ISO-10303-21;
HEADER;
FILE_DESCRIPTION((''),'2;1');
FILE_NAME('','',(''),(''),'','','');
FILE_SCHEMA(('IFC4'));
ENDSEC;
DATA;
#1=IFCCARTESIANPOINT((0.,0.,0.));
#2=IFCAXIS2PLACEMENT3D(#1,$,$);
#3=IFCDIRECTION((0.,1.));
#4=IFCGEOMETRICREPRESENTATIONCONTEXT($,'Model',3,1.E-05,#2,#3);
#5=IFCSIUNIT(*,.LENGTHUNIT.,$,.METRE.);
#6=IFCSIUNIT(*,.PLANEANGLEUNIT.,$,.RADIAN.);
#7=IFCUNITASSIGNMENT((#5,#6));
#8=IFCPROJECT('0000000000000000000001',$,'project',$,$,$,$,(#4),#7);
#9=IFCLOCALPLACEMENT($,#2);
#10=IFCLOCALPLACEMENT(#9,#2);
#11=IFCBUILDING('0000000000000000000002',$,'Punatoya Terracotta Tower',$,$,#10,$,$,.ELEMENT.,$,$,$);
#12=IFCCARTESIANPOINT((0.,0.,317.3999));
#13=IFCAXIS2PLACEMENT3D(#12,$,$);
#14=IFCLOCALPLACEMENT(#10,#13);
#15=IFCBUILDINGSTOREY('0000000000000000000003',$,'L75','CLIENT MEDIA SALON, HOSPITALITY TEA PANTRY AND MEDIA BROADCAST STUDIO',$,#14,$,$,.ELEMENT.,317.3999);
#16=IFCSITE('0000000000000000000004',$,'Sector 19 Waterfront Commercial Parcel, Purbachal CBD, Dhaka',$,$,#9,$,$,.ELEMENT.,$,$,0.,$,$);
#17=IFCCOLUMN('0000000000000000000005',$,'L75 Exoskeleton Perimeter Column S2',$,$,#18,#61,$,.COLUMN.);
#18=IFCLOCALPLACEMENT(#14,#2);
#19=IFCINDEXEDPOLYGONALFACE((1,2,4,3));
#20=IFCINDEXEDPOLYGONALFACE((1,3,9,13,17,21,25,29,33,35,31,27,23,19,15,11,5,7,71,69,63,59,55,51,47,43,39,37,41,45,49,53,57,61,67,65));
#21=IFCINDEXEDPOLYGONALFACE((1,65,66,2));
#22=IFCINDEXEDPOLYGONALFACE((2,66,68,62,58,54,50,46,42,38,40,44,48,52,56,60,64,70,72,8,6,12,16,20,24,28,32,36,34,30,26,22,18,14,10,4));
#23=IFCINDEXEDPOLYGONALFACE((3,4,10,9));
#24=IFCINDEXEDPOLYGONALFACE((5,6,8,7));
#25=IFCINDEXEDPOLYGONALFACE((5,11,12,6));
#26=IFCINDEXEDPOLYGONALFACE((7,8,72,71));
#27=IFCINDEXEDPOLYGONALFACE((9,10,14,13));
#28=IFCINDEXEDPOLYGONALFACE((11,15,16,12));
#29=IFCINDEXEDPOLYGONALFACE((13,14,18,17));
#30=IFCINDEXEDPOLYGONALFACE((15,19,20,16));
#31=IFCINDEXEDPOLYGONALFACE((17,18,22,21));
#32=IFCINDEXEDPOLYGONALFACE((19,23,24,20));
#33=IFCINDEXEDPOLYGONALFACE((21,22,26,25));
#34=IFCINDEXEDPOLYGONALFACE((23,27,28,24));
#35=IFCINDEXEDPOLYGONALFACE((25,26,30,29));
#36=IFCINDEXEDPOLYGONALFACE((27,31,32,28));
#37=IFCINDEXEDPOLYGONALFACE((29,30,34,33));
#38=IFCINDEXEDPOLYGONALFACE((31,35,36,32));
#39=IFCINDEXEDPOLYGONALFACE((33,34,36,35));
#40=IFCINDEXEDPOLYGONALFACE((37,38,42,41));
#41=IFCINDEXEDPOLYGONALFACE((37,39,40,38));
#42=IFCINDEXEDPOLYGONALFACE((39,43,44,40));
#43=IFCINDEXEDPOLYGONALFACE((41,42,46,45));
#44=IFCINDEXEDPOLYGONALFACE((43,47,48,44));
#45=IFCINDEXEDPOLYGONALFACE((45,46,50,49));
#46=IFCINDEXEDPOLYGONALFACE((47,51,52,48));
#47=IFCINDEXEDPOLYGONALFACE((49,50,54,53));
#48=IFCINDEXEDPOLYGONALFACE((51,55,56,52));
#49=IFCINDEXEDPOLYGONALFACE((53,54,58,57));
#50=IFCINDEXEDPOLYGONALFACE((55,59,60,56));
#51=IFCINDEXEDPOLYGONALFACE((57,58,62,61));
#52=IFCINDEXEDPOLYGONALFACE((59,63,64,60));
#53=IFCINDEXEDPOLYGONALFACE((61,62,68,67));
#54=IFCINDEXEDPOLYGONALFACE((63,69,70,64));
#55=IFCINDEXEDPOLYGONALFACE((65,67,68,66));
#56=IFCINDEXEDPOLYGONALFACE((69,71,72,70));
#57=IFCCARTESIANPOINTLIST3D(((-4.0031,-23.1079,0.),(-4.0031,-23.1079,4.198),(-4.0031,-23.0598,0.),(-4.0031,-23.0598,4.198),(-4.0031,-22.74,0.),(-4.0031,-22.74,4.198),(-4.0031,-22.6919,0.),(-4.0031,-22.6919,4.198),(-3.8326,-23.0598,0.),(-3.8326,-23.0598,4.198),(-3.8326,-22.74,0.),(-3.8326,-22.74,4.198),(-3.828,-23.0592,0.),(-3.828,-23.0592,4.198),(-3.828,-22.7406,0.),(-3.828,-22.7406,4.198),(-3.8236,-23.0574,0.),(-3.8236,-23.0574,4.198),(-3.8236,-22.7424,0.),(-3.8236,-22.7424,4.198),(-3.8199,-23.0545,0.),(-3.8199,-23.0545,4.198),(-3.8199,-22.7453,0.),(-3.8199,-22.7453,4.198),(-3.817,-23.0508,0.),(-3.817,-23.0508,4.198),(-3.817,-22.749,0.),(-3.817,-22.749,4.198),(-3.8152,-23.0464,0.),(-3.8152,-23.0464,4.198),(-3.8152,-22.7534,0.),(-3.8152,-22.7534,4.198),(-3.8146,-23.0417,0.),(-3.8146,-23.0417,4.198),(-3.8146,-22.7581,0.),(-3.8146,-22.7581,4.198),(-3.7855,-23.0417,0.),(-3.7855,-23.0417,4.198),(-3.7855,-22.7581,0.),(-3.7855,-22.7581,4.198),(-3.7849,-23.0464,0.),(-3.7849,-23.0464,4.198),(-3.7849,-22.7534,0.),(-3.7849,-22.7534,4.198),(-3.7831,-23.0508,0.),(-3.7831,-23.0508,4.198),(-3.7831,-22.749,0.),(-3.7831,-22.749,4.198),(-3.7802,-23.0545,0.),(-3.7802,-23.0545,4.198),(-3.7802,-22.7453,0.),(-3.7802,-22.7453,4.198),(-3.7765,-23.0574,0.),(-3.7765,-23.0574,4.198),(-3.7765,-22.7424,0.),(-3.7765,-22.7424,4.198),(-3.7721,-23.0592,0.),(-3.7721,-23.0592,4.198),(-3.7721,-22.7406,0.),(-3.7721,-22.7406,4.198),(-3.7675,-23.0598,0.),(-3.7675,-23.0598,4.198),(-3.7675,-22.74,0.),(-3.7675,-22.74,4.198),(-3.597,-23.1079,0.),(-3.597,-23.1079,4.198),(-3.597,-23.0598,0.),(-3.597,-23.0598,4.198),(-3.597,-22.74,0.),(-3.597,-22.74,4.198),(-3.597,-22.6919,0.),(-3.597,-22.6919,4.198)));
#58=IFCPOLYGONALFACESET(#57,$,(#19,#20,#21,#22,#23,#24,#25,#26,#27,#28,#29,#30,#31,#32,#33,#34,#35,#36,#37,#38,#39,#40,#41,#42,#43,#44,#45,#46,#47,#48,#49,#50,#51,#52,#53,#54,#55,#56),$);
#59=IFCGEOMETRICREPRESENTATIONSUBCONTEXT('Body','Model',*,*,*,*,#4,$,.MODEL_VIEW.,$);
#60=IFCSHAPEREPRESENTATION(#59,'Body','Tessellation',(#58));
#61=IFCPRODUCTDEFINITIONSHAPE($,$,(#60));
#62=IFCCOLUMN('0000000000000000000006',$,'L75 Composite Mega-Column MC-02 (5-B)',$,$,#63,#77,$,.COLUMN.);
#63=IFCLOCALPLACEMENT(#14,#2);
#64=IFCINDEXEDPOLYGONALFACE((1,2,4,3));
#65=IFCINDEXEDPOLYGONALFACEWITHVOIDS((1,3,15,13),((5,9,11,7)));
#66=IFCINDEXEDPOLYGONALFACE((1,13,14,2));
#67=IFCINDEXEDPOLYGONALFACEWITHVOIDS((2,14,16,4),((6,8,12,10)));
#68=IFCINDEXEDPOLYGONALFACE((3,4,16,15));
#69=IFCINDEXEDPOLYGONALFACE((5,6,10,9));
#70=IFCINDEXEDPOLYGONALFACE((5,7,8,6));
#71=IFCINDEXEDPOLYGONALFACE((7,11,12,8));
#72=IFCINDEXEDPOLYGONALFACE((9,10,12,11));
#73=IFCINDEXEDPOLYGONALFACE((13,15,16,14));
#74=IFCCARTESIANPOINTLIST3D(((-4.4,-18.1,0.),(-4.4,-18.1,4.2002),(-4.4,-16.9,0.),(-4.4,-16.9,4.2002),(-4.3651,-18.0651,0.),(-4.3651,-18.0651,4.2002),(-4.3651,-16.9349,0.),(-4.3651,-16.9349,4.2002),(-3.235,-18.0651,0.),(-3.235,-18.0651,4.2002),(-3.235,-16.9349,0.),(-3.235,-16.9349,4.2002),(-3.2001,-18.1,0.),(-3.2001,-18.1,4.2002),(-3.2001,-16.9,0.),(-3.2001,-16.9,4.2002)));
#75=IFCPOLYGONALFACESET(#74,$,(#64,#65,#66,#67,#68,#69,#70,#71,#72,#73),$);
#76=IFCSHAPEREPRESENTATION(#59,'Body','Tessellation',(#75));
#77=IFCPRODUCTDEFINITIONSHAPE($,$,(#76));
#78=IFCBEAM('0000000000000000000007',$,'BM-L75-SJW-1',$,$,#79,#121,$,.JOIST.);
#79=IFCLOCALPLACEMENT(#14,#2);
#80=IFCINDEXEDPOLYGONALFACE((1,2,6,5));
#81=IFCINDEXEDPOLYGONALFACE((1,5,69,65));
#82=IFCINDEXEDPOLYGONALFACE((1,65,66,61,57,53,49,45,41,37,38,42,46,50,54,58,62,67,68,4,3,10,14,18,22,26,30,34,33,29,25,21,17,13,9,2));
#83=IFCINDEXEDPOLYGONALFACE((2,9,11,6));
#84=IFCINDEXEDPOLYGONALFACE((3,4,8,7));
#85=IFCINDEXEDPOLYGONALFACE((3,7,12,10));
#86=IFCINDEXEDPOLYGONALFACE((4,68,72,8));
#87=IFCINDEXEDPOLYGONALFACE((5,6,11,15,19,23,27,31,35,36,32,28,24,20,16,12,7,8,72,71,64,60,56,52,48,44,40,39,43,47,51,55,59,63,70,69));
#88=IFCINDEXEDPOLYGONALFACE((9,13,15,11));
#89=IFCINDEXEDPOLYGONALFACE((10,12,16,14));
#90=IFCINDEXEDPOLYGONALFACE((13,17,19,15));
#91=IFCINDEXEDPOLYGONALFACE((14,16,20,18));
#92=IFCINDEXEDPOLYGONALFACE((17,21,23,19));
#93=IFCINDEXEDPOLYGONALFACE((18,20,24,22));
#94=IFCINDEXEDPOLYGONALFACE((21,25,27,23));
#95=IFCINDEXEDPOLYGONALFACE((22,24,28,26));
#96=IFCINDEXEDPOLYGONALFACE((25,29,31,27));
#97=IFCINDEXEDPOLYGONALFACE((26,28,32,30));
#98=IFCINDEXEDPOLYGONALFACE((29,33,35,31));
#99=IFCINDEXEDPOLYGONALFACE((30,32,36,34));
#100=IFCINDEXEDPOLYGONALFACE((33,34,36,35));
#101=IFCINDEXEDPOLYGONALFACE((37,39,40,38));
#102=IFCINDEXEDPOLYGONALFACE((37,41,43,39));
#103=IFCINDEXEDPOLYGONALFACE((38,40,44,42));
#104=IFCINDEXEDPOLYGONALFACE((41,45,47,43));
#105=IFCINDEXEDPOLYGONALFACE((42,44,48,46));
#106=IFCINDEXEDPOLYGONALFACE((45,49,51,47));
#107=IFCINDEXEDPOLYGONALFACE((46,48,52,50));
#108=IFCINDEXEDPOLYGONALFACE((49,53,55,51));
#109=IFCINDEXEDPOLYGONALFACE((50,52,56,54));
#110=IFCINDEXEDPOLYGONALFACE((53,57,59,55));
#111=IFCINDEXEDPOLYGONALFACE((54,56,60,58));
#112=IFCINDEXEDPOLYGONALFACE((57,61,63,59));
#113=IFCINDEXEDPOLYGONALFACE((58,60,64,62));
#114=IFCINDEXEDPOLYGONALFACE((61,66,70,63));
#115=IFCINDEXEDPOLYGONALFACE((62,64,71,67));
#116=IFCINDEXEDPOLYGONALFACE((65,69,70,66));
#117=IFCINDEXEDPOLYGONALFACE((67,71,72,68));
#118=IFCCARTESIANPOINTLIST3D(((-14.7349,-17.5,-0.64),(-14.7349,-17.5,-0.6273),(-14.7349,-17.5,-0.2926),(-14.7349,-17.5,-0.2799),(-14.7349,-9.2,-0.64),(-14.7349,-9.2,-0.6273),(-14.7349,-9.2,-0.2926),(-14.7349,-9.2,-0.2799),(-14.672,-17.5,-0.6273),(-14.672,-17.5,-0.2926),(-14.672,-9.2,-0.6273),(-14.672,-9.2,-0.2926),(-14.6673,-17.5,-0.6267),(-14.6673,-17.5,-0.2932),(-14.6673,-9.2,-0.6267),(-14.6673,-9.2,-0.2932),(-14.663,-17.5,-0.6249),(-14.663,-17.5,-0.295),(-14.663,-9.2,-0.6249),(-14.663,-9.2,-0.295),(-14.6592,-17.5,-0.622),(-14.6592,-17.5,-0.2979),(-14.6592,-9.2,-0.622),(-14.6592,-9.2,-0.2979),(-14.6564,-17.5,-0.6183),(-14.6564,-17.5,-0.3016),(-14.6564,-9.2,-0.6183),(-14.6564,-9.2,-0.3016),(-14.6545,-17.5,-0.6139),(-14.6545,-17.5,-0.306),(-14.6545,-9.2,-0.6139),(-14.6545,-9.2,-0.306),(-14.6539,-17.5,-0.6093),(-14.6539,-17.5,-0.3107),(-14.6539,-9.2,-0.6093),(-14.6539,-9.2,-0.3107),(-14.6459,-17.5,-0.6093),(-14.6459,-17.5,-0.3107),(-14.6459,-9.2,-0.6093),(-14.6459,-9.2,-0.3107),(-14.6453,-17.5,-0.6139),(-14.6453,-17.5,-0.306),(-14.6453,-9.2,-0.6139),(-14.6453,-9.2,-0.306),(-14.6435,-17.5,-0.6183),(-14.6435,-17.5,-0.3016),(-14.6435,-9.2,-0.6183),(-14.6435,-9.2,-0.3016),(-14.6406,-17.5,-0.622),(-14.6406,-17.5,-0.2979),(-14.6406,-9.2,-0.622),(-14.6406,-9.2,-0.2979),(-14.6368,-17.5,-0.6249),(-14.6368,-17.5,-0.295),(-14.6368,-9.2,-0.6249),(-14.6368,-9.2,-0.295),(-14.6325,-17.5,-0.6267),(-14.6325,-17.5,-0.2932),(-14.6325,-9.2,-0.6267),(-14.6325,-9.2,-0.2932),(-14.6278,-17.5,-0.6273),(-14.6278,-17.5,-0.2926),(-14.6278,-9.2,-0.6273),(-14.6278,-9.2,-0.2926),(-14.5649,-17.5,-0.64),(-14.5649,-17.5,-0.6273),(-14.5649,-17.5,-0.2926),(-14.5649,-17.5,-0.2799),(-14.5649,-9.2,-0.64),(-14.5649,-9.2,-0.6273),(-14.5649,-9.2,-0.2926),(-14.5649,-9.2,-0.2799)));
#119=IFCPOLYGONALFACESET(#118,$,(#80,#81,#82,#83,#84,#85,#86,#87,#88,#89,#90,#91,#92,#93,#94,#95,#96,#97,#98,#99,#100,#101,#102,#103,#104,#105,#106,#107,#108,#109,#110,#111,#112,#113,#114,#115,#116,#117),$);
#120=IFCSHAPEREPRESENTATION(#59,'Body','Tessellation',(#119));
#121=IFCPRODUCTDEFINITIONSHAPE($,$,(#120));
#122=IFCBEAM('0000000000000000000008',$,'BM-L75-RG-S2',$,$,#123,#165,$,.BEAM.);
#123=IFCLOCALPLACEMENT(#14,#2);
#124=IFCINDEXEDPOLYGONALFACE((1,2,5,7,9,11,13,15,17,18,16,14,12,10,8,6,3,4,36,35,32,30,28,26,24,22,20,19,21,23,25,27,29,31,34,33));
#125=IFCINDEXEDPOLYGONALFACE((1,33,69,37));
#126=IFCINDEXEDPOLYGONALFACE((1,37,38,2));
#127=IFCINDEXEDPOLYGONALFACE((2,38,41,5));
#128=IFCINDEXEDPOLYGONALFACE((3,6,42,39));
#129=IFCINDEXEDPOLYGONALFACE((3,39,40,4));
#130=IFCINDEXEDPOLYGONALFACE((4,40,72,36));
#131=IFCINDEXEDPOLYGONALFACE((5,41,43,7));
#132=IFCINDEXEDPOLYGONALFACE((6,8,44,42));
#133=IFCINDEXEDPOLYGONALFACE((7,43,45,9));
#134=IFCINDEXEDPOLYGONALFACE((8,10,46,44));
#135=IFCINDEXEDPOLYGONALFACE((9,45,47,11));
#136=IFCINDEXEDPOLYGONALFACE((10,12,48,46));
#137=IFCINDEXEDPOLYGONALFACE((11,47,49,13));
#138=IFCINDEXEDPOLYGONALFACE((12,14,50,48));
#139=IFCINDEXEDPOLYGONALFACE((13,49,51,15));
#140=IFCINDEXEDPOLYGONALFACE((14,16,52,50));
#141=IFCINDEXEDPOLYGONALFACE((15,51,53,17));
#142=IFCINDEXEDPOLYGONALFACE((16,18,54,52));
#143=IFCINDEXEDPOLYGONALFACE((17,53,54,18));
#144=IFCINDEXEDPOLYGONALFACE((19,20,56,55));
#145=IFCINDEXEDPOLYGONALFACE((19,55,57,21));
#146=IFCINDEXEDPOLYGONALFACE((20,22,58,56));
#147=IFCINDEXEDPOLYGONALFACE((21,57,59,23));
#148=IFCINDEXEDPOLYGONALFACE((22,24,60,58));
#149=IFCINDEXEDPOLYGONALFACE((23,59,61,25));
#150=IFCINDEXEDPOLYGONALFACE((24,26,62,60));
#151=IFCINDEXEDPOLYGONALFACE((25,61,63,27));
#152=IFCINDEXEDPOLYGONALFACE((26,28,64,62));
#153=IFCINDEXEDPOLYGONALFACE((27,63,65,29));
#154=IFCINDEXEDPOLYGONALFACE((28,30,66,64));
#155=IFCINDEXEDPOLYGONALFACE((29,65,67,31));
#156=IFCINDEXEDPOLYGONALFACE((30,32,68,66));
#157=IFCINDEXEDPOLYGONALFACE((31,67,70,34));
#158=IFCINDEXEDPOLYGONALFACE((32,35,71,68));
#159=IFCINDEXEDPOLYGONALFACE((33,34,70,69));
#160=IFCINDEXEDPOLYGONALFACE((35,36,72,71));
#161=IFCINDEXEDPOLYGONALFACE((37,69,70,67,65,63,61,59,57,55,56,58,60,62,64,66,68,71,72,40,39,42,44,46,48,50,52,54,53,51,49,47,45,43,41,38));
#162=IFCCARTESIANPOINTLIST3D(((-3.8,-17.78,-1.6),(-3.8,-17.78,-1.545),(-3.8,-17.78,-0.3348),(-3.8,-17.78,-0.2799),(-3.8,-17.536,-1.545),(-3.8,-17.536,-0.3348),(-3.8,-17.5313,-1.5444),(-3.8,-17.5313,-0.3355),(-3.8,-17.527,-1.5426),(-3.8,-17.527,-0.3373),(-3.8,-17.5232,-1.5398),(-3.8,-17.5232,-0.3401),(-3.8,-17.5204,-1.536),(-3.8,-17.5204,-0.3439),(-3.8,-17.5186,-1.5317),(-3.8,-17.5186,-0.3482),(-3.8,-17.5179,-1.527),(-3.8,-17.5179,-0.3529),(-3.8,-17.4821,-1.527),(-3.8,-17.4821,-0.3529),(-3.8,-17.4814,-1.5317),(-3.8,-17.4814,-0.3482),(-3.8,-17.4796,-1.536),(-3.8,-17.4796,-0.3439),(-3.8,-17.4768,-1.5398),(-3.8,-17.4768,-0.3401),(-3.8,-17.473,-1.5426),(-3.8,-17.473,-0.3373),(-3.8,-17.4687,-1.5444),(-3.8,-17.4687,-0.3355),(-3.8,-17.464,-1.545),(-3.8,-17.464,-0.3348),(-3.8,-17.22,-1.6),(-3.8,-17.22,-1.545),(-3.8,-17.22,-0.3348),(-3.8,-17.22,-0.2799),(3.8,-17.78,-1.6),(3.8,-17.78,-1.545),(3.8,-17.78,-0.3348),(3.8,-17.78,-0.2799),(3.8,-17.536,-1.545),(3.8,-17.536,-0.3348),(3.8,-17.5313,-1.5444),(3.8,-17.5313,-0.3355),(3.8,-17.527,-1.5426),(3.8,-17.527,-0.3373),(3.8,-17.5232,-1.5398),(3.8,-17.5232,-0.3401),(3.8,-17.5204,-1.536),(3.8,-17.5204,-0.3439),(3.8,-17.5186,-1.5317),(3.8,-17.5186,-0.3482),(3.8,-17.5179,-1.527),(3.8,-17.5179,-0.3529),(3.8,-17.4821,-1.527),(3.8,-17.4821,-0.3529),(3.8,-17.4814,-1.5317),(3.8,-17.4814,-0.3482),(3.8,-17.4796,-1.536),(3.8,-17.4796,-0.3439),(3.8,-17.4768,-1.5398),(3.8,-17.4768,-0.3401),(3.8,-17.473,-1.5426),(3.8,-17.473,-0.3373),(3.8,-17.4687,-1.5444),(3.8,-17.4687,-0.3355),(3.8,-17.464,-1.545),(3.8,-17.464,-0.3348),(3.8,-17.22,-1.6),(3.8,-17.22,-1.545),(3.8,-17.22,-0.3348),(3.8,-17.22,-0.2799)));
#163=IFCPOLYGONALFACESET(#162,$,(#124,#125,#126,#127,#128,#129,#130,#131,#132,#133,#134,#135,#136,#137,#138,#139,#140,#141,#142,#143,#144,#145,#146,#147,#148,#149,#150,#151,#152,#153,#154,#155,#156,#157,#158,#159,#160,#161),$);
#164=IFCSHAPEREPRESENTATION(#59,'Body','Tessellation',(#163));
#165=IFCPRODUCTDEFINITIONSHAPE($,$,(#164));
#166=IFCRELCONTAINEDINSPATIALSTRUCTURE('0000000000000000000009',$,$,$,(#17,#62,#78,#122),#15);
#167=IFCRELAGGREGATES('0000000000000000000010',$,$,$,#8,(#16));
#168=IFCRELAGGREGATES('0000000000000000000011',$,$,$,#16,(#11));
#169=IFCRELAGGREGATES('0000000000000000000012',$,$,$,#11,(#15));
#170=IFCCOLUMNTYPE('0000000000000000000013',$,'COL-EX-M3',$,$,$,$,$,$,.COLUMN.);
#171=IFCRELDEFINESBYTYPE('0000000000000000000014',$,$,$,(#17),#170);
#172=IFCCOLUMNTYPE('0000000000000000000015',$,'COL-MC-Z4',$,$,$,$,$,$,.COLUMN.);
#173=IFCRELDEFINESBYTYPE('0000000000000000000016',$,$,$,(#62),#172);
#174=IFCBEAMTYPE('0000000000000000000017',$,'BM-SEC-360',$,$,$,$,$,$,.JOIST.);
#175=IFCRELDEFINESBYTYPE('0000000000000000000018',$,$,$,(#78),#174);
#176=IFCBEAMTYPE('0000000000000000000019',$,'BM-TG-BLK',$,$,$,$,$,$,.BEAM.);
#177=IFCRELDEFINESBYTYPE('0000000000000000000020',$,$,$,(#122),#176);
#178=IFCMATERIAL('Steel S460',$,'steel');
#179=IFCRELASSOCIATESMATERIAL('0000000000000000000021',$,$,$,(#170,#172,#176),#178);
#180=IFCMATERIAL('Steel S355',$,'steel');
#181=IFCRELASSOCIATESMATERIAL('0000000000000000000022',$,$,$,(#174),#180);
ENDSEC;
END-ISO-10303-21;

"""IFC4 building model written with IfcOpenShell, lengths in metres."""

from ifc_helpers import new_model, si_unit, direction, frame, origin, origin_2d, place, context, subcontext, project, spatial, hollow_rectangle, i_section, extrude, material, material_profile, profile_set, type_object, element, save


model = new_model("IFC4")

# Units and contexts
model_context = context("Model", 3, precision=1e-05, world=origin(), true_north=direction((0.0, 1.0)))
body_context = subcontext(model_context, "Body", "Model", "MODEL_VIEW")
ifc_project = project(units=[si_unit("LENGTHUNIT", "METRE"), si_unit("PLANEANGLEUNIT", "RADIAN")], contexts=[model_context])

# Site, building, storey
site_placement = place(None, origin())
site = spatial("IfcSite", under=ifc_project, at=site_placement, Name="Sector 19 Waterfront Commercial Parcel, Purbachal CBD, Dhaka", CompositionType="ELEMENT", RefElevation=0.0)
building_placement = place(site_placement, origin())
building = spatial("IfcBuilding", under=site, at=building_placement, Name="Punatoya Terracotta Tower", CompositionType="ELEMENT")
storey_placement = place(building_placement, frame((0.0, 0.0, 317.3999)))
storey = spatial("IfcBuildingStorey", under=building, at=storey_placement, Name="L75", Description="CLIENT MEDIA SALON, HOSPITALITY TEA PANTRY AND MEDIA BROADCAST STUDIO", CompositionType="ELEMENT", Elevation=317.3999)

# Columns
ifc_material_1 = material(Name="Steel S460", Category="steel")
ifc_material_profile_1 = material_profile(ifc_material_1, i_section(OverallWidth=0.406, OverallDepth=0.416, WebThickness=0.0291, FlangeThickness=0.0481, FilletRadius=0.0181, at=origin_2d()))
ifc_profile_set_1 = profile_set([ifc_material_profile_1], Name="Steel S460")
column_type_1 = type_object("IfcColumnType", Name="COL-EX-M3", PredefinedType="COLUMN", material=ifc_profile_set_1)
column_1_placement = place(storey_placement, frame((-3.8, -22.8999, 0.0), z_axis=(0.0, 0.0, 1.0), x_axis=(1.0, 0.0, 0.0)))
element("IfcColumn", 1, at=column_1_placement, inside=storey, type_object=column_type_1, Name="L75 Exoskeleton Perimeter Column S2", PredefinedType="COLUMN", context=body_context, shape_type="SweptSolid", body=[
    extrude(i_section(OverallWidth=0.406, OverallDepth=0.416, WebThickness=0.0291, FlangeThickness=0.0481, FilletRadius=0.0181, at=origin_2d()), origin(), (0.0, 0.0, 1.0), 4.198),
])
ifc_material_profile_2 = material_profile(ifc_material_1, hollow_rectangle(XDim=1.2, YDim=1.2, WallThickness=0.0349, at=origin_2d()))
ifc_profile_set_2 = profile_set([ifc_material_profile_2], Name="Steel S460")
column_type_2 = type_object("IfcColumnType", Name="COL-MC-Z4", PredefinedType="COLUMN", material=ifc_profile_set_2)
column_2_placement = place(storey_placement, frame((-3.8, -17.5, 0.0), z_axis=(0.0, 0.0, 1.0), x_axis=(1.0, 0.0, 0.0)))
element("IfcColumn", 2, at=column_2_placement, inside=storey, type_object=column_type_2, Name="L75 Composite Mega-Column MC-02 (5-B)", PredefinedType="COLUMN", context=body_context, shape_type="SweptSolid", body=[
    extrude(hollow_rectangle(XDim=1.2, YDim=1.2, WallThickness=0.0349, at=origin_2d()), origin(), (0.0, 0.0, 1.0), 4.2002),
])

# Beams
ifc_material_2 = material(Name="Steel S355", Category="steel")
ifc_material_profile_3 = material_profile(ifc_material_2, i_section(OverallWidth=0.1699, OverallDepth=0.3601, WebThickness=0.0081, FlangeThickness=0.0127, FilletRadius=0.0181, at=origin_2d()))
ifc_profile_set_3 = profile_set([ifc_material_profile_3], Name="Steel S355")
beam_type_1 = type_object("IfcBeamType", Name="BM-SEC-360", PredefinedType="JOIST", material=ifc_profile_set_3)
beam_1_placement = place(storey_placement, frame((-14.6499, -17.5, -0.46), z_axis=(0.0, 1.0, 0.0), x_axis=(-1.0, 0.0, 0.0)))
element("IfcBeam", 3, at=beam_1_placement, inside=storey, type_object=beam_type_1, Name="BM-L75-SJW-1", PredefinedType="JOIST", context=body_context, shape_type="SweptSolid", body=[
    extrude(i_section(OverallWidth=0.1699, OverallDepth=0.3601, WebThickness=0.0081, FlangeThickness=0.0127, FilletRadius=0.0181, at=origin_2d()), origin(), (0.0, 0.0, 1.0), 8.3),
])
ifc_material_profile_4 = material_profile(ifc_material_1, i_section(OverallWidth=0.5601, OverallDepth=1.3201, WebThickness=0.0359, FlangeThickness=0.0549, FilletRadius=0.0181, at=origin_2d()))
ifc_profile_set_4 = profile_set([ifc_material_profile_4], Name="Steel S460")
beam_type_2 = type_object("IfcBeamType", Name="BM-TG-BLK", PredefinedType="BEAM", material=ifc_profile_set_4)
beam_2_placement = place(storey_placement, frame((-3.8, -17.5, -0.9399), z_axis=(1.0, 0.0, 0.0), x_axis=(0.0, 1.0, 0.0)))
element("IfcBeam", 4, at=beam_2_placement, inside=storey, type_object=beam_type_2, Name="BM-L75-RG-S2", PredefinedType="BEAM", context=body_context, shape_type="SweptSolid", body=[
    extrude(i_section(OverallWidth=0.5601, OverallDepth=1.3201, WebThickness=0.0359, FlangeThickness=0.0549, FilletRadius=0.0181, at=origin_2d()), origin(), (0.0, 0.0, 1.0), 7.6001),
])

save(model, "model.ifc")
